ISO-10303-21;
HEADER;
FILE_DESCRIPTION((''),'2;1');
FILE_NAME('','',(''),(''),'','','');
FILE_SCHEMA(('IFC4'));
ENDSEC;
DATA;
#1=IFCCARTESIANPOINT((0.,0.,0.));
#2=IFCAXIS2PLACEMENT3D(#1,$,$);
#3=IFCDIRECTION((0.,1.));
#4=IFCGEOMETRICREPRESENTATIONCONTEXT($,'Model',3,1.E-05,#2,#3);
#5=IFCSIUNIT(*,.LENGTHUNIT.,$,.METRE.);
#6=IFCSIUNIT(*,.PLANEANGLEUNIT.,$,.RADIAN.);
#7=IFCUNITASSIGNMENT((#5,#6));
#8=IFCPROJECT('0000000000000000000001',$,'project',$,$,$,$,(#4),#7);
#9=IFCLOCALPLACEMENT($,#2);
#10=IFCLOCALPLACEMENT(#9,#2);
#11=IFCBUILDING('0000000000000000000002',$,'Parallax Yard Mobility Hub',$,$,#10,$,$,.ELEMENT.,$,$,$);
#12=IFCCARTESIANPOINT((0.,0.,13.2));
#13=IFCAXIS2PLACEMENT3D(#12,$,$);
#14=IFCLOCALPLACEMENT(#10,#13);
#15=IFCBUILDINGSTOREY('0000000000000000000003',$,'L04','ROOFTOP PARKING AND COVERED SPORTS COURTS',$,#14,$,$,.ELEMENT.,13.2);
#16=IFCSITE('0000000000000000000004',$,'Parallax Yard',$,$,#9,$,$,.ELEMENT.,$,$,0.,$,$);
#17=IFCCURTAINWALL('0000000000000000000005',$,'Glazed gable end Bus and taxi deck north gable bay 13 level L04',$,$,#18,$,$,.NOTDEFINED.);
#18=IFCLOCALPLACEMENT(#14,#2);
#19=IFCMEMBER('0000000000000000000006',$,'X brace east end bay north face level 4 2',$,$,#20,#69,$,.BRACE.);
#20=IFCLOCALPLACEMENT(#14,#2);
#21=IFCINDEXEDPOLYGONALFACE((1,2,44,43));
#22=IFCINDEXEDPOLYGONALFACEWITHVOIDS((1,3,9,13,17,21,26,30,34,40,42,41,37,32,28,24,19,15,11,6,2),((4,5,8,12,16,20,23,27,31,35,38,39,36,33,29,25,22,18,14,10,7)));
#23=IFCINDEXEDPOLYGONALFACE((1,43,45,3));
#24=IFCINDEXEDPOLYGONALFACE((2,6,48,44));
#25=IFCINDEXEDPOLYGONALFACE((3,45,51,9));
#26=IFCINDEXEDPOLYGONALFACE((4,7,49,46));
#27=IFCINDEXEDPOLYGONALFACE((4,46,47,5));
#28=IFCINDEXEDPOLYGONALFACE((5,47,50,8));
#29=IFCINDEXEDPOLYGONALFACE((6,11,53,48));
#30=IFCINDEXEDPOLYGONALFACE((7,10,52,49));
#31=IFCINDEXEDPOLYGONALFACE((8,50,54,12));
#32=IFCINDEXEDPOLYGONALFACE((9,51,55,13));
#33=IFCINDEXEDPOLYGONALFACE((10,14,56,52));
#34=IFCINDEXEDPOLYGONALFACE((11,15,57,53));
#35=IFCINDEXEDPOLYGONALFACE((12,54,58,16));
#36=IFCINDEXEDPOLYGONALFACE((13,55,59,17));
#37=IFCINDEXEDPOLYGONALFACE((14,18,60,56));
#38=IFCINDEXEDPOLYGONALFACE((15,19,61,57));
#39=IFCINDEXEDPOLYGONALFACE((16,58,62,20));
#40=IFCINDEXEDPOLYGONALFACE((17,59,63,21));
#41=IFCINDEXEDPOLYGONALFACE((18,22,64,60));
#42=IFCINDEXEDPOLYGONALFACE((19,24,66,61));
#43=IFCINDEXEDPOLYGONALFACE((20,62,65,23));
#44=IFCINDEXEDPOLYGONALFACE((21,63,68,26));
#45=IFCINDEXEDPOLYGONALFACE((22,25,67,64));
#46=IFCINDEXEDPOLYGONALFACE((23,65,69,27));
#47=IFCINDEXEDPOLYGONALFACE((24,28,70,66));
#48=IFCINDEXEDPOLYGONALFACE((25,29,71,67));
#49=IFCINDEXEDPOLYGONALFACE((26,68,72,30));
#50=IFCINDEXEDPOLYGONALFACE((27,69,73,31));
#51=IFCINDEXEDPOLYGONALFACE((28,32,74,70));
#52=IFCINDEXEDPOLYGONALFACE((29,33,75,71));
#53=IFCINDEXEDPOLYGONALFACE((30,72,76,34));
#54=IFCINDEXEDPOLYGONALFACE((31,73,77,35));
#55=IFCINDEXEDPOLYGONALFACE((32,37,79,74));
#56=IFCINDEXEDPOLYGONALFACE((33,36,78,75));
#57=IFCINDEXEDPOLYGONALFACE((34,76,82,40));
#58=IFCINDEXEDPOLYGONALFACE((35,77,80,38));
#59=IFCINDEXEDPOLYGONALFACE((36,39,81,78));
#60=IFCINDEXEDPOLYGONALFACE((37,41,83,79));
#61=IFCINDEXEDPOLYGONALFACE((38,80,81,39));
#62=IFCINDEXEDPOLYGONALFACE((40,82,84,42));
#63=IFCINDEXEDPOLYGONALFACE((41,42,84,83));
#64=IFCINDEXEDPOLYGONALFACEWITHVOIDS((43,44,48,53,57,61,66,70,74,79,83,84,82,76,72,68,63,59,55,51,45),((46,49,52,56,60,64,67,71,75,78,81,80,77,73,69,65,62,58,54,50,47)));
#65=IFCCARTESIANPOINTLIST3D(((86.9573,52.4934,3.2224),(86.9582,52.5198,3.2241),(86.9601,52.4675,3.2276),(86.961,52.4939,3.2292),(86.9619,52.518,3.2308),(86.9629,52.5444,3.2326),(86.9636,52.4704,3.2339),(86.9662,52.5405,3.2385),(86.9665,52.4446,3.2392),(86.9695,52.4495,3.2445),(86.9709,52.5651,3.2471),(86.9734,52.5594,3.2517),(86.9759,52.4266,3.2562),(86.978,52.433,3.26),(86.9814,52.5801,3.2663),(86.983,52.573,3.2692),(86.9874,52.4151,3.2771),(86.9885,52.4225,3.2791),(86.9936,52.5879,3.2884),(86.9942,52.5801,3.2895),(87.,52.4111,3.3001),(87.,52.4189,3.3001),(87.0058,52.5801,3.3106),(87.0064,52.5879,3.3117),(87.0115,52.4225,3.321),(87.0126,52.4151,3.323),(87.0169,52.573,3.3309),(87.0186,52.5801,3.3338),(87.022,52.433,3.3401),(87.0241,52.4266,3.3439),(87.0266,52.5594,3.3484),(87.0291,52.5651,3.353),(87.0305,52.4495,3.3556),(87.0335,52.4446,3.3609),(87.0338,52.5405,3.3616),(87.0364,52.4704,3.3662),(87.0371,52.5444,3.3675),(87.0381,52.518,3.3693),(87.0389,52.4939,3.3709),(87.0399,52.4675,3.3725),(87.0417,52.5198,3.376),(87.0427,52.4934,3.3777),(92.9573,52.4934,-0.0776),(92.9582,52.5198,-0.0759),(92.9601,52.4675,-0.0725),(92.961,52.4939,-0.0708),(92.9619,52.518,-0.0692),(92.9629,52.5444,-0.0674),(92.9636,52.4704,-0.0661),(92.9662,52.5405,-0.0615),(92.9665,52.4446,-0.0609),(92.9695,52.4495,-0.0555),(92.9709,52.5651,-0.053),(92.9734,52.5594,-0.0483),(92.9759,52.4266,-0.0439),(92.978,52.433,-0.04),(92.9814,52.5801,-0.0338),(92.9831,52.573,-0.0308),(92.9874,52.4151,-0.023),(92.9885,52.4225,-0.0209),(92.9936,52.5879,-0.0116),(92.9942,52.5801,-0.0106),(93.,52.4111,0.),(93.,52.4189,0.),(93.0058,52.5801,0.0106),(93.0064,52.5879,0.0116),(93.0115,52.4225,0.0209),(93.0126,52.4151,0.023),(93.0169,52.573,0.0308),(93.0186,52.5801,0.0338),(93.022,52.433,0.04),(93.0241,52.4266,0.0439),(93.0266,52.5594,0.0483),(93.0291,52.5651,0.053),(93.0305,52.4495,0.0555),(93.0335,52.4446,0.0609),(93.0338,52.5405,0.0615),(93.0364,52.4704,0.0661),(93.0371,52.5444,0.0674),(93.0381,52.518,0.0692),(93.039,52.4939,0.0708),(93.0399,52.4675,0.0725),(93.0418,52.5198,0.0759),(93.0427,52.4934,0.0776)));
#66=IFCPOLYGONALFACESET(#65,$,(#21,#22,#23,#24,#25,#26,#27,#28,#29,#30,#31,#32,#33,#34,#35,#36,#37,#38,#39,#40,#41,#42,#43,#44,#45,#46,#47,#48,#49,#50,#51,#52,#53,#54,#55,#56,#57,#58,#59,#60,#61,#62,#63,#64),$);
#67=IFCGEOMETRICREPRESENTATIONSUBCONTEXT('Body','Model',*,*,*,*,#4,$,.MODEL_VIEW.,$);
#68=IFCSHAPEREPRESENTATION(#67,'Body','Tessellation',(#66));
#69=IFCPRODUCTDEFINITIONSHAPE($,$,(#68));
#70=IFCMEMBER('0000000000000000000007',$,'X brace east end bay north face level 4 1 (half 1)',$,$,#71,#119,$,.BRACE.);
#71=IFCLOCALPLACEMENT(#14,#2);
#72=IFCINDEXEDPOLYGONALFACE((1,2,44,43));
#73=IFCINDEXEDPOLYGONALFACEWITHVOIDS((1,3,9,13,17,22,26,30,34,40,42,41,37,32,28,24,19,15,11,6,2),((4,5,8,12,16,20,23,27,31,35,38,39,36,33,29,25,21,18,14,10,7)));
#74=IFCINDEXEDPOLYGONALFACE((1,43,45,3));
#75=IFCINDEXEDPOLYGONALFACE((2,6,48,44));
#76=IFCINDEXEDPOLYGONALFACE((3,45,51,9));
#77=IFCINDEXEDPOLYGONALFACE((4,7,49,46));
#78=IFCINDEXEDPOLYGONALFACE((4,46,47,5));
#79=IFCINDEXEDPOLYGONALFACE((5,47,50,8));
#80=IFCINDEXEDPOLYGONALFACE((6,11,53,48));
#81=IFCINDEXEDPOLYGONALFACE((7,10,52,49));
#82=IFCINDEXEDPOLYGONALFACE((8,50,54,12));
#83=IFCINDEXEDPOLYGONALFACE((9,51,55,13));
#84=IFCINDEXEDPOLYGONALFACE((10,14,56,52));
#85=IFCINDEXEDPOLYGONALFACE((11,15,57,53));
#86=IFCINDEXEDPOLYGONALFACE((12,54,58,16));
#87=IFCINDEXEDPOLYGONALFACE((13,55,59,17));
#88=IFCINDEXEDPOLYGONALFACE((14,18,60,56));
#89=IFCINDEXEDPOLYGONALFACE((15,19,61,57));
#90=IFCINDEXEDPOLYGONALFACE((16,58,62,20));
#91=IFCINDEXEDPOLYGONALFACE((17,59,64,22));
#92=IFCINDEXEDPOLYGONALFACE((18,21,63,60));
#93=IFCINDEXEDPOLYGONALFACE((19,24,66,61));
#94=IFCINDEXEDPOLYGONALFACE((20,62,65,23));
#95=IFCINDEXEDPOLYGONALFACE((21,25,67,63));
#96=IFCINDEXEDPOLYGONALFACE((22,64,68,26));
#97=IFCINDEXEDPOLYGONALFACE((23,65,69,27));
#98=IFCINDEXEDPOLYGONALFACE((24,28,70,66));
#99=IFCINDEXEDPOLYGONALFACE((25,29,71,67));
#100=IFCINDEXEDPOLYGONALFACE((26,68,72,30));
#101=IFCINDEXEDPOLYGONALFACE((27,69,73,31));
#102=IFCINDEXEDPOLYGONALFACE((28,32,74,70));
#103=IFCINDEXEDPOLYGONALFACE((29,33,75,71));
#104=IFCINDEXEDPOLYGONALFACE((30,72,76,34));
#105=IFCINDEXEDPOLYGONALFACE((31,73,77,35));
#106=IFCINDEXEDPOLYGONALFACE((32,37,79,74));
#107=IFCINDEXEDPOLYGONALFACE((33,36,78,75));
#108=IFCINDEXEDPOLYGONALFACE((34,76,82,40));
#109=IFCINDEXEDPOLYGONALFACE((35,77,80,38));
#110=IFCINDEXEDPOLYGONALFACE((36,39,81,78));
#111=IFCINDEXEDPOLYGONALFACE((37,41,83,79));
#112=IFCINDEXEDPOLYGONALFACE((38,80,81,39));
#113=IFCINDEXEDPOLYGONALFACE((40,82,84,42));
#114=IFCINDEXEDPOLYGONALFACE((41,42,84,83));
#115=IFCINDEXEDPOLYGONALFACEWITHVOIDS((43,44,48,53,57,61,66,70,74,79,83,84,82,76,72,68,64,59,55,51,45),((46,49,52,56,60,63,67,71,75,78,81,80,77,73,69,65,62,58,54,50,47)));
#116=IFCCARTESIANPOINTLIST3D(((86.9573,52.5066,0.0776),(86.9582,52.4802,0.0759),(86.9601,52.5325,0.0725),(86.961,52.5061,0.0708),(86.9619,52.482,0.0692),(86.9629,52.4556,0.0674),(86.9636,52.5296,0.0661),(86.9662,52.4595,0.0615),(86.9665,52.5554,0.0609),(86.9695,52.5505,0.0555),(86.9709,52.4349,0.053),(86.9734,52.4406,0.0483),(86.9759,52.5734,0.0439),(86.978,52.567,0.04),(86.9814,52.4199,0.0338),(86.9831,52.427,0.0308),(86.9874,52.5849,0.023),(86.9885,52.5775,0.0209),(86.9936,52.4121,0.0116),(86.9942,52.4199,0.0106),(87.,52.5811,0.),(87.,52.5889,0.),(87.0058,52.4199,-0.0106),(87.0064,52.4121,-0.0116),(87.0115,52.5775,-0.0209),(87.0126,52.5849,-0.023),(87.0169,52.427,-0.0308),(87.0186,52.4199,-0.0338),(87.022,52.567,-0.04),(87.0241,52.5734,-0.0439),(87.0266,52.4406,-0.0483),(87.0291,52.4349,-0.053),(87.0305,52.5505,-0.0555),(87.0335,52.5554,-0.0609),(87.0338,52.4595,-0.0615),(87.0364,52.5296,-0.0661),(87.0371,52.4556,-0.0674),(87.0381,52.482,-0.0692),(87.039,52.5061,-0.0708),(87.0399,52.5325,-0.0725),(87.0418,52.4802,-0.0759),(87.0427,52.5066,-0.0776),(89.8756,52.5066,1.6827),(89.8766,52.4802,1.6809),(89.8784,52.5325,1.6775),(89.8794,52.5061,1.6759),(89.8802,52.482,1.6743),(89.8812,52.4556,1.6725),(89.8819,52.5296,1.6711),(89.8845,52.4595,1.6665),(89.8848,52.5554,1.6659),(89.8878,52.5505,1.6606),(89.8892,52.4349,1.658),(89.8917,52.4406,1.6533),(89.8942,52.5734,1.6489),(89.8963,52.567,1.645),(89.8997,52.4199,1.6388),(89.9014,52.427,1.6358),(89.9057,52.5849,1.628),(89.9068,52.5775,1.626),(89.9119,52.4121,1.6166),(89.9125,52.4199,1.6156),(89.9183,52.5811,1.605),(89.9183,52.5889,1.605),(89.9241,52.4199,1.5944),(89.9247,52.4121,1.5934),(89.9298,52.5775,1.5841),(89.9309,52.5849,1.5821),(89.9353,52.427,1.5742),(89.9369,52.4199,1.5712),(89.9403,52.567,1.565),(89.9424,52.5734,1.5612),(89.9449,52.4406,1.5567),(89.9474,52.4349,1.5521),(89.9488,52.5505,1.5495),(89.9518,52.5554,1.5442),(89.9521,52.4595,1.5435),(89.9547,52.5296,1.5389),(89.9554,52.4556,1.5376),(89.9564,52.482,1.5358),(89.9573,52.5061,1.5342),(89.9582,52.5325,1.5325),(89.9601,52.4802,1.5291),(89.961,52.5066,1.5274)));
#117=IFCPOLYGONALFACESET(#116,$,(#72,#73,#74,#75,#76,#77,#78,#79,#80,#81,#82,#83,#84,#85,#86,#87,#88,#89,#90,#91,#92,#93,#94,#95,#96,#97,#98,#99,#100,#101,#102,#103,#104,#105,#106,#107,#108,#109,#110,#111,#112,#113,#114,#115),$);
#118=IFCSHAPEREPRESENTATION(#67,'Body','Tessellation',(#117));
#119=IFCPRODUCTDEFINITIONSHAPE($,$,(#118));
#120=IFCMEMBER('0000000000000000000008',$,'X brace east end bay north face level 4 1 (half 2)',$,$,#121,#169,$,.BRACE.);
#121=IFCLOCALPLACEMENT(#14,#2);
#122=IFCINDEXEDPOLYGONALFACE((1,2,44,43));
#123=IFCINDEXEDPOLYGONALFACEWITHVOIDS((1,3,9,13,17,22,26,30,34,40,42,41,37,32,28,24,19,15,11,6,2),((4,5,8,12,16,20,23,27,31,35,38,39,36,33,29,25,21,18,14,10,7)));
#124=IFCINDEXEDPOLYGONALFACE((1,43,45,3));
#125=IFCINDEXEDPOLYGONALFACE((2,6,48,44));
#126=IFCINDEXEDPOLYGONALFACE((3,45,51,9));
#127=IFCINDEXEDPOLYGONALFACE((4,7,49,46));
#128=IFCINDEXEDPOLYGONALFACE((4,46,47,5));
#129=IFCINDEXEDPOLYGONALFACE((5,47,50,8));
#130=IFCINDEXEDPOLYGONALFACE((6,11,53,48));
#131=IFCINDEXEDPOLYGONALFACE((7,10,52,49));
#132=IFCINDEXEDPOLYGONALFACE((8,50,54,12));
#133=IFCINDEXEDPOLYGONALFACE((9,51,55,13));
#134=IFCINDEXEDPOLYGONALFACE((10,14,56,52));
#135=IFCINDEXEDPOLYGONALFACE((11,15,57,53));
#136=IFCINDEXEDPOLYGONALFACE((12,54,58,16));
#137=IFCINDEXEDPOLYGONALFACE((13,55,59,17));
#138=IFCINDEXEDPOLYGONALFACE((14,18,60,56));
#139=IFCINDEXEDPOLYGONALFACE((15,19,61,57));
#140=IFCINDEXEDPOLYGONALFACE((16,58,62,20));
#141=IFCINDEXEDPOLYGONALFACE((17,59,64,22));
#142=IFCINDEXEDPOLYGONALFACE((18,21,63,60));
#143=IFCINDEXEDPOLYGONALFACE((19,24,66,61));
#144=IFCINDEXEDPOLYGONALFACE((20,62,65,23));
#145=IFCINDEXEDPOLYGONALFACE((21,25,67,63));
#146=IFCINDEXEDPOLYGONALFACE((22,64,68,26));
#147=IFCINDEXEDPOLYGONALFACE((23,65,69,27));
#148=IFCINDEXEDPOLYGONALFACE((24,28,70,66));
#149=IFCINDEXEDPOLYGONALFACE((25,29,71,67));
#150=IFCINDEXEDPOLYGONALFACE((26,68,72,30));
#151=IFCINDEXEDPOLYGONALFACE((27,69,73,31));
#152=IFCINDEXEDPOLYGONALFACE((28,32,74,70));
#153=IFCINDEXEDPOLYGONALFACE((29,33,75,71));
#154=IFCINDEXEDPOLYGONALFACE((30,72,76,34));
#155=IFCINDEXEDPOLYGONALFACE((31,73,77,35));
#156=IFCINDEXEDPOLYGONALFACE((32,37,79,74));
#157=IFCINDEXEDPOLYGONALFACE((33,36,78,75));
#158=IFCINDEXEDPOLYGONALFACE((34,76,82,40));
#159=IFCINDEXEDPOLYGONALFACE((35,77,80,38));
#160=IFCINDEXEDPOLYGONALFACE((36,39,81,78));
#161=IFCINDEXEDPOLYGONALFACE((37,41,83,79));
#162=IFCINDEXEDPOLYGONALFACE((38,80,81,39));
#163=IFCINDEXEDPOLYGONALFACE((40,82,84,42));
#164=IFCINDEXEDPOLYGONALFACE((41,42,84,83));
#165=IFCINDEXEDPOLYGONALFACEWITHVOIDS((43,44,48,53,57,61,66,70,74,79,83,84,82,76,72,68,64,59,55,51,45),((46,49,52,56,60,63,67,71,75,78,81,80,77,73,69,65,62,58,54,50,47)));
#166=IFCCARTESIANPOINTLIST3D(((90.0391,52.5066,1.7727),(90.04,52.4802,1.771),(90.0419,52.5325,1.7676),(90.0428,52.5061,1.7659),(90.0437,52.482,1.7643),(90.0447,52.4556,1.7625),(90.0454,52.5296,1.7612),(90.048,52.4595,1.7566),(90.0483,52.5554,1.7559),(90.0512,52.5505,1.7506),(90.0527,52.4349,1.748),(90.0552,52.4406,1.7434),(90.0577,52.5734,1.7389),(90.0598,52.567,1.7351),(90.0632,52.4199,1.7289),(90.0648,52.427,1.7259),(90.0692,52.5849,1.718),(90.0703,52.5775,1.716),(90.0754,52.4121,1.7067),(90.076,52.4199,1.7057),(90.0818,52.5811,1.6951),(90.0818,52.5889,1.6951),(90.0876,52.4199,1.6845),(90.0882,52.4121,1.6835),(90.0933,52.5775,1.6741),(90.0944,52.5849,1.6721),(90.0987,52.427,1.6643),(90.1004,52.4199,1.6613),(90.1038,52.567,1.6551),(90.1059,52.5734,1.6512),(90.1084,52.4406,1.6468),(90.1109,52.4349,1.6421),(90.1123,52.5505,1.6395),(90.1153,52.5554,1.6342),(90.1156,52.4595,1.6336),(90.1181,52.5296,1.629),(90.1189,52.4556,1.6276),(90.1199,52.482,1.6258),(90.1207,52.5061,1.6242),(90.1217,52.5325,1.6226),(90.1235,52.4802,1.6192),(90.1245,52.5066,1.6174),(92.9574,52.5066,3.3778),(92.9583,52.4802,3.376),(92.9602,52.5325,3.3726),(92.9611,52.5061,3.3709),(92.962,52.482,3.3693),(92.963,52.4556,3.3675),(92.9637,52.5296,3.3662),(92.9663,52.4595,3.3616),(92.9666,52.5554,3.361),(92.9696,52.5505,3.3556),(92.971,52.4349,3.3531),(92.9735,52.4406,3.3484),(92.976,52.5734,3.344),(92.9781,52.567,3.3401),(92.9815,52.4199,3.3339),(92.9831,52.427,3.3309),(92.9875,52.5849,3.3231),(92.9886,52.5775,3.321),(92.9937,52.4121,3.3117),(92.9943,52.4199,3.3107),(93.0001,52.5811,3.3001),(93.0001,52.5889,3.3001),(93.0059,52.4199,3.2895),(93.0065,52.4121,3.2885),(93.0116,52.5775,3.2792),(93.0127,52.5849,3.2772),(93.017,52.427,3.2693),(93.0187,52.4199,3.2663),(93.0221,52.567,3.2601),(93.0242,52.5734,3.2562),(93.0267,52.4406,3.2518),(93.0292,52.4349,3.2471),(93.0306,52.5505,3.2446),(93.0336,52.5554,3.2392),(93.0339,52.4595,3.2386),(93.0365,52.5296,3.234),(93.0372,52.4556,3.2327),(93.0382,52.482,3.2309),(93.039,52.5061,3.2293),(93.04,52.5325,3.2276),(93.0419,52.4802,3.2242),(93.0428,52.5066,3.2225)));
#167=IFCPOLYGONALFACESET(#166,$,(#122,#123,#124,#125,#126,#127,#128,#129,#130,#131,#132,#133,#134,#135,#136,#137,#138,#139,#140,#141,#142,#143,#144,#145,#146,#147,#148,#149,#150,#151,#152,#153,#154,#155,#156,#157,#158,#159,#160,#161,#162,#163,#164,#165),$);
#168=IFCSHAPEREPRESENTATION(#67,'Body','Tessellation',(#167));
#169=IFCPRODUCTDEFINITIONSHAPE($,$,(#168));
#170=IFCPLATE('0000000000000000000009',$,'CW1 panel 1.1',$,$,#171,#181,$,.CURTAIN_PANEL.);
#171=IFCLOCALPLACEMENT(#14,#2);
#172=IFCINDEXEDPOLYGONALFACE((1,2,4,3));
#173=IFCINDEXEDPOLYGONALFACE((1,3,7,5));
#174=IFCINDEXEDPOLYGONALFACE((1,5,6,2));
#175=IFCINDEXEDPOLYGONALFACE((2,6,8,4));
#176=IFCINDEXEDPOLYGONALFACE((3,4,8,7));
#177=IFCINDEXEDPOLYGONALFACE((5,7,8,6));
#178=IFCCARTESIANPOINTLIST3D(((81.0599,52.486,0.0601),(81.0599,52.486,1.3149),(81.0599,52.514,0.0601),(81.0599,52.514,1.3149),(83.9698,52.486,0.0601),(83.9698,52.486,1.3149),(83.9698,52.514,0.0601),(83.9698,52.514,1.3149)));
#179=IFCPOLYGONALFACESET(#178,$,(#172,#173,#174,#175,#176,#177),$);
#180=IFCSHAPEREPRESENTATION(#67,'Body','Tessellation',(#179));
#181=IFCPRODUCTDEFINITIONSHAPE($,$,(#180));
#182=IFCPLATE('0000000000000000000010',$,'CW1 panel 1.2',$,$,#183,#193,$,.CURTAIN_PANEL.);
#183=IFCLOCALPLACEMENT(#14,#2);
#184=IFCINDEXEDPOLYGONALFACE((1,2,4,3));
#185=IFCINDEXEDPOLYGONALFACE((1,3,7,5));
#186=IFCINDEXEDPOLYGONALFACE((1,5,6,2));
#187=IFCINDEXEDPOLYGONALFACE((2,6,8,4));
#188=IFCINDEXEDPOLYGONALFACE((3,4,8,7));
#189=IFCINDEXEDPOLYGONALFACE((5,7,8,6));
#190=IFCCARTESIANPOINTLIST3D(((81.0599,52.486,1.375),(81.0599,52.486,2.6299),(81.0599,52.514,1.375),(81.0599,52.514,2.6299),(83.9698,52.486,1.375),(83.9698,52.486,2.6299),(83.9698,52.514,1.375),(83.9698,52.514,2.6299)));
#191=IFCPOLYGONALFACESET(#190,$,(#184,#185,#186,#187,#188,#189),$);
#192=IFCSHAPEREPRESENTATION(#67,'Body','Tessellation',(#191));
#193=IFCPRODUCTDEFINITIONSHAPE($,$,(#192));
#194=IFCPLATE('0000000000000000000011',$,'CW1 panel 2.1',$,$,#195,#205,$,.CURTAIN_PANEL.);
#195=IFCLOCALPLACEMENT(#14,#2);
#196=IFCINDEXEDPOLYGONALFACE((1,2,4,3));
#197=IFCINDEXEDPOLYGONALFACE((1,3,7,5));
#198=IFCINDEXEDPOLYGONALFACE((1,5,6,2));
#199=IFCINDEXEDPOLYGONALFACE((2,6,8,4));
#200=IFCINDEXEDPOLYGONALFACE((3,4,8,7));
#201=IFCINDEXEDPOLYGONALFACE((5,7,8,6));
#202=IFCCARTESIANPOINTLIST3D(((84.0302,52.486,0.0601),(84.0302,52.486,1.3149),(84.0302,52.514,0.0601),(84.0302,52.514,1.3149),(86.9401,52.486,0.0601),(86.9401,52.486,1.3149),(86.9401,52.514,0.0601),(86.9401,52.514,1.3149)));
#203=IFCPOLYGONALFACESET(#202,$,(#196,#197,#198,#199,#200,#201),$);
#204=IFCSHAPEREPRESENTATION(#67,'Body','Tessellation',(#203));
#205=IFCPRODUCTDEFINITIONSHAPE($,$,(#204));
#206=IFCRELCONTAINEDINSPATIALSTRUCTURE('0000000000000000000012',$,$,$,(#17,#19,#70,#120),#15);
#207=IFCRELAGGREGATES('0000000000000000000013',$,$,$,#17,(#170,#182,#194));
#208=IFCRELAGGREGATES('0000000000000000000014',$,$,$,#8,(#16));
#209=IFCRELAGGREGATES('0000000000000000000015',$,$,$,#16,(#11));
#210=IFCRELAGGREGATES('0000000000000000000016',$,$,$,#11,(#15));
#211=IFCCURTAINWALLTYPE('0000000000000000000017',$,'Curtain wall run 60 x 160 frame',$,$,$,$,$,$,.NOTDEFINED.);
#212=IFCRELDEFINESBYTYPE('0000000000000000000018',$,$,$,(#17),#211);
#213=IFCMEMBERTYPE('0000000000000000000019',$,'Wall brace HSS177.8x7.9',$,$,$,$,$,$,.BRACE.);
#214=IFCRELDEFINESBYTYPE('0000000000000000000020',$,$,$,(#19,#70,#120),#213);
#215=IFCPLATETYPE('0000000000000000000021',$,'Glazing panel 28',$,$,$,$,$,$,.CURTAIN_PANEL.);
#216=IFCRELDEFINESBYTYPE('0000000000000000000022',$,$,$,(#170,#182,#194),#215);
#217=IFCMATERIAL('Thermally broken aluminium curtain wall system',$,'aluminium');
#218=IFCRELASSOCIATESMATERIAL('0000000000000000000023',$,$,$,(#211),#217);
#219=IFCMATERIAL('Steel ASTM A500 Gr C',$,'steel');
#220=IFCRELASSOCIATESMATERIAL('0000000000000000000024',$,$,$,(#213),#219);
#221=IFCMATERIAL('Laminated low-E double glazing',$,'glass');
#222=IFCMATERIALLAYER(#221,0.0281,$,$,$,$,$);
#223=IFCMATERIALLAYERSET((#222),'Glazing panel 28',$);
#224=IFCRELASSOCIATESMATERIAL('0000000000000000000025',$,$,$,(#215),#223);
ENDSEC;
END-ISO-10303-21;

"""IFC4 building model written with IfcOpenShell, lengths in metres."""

from ifc_helpers import new_model, si_unit, direction, frame, origin, origin_2d, place, context, subcontext, project, spatial, rectangle, hollow_circle, extrude, material, layer, layer_set, material_profile, profile_set, type_object, element, aggregate, save


model = new_model("IFC4")

# Units and contexts
model_context = context("Model", 3, precision=1e-05, world=origin(), true_north=direction((0.0, 1.0)))
body_context = subcontext(model_context, "Body", "Model", "MODEL_VIEW")
ifc_project = project(units=[si_unit("LENGTHUNIT", "METRE"), si_unit("PLANEANGLEUNIT", "RADIAN")], contexts=[model_context])

# Site, building, storey
site_placement = place(None, origin())
site = spatial("IfcSite", under=ifc_project, at=site_placement, Name="Parallax Yard", CompositionType="ELEMENT", RefElevation=0.0)
building_placement = place(site_placement, origin())
building = spatial("IfcBuilding", under=site, at=building_placement, Name="Parallax Yard Mobility Hub", CompositionType="ELEMENT")
storey_placement = place(building_placement, frame((0.0, 0.0, 13.2)))
storey = spatial("IfcBuildingStorey", under=building, at=storey_placement, Name="L04", Description="ROOFTOP PARKING AND COVERED SPORTS COURTS", CompositionType="ELEMENT", Elevation=13.2)

# Shared definitions
ifc_material_1 = material(Name="Steel ASTM A500 Gr C", Category="steel")

# Curtain wall
ifc_material_2 = material(Name="Thermally broken aluminium curtain wall system", Category="aluminium")
curtain_wall_type = type_object("IfcCurtainWallType", Name="Curtain wall run 60 x 160 frame", PredefinedType="NOTDEFINED", material=ifc_material_2)
curtain_wall_placement = place(storey_placement, origin())
curtain_wall = element("IfcCurtainWall", 1, at=curtain_wall_placement, inside=storey, type_object=curtain_wall_type, Name="Glazed gable end Bus and taxi deck north gable bay 13 level L04", PredefinedType="NOTDEFINED")

# Members
ifc_material_profile_1 = material_profile(ifc_material_1, hollow_circle(Radius=0.0889, WallThickness=0.0078, at=origin_2d()), Name="HSS177.8x7.9")
ifc_profile_set_1 = profile_set([ifc_material_profile_1], Name="Steel ASTM A500 Gr C")
member_type_1 = type_object("IfcMemberType", Name="Wall brace HSS177.8x7.9", PredefinedType="BRACE", material=ifc_profile_set_1)
member_1_placement = place(storey_placement, frame((93.0, 52.5, 0.0), z_axis=(-0.876213, 0.0, 0.481924), x_axis=(0.0, -1.0, 0.0)))
element("IfcMember", 2, at=member_1_placement, inside=storey, type_object=member_type_1, Name="X brace east end bay north face level 4 2", PredefinedType="BRACE", context=body_context, shape_type="SweptSolid", body=[
    extrude(hollow_circle(Radius=0.0889, WallThickness=0.0078, at=origin_2d()), origin(), (0.0, 0.0, 1.0), 6.8477),
])
for number, where, z_axis, x_axis, name in (
    (3, (87.0, 52.5, 0.0), (0.876221, 0.0, 0.48191), (0.0, 1.0, 0.0), "X brace east end bay north face level 4 1 (half 1)"),
    (4, (90.0818, 52.5, 1.6951), (0.876221, 0.0, 0.48191), (0.0, 1.0, 0.0), "X brace east end bay north face level 4 1 (half 2)"),
):
    element("IfcMember", number, at=place(storey_placement, frame(where, z_axis=z_axis, x_axis=x_axis)), inside=storey, type_object=member_type_1, Name=name, PredefinedType="BRACE", context=body_context, shape_type="SweptSolid", body=[
        extrude(hollow_circle(Radius=0.0889, WallThickness=0.0078, at=origin_2d()), origin(), (0.0, 0.0, 1.0), 3.3306),
    ])

# Plates
ifc_material_3 = material(Name="Laminated low-E double glazing", Category="glass")
ifc_layer_1 = layer(ifc_material_3, 0.0281)
ifc_layer_set_1 = layer_set([ifc_layer_1], Name="Glazing panel 28")
plate_type = type_object("IfcPlateType", Name="Glazing panel 28", PredefinedType="CURTAIN_PANEL", material=ifc_layer_set_1)
plate_1_placement = place(storey_placement, frame((82.5149, 52.5, 0.0601), z_axis=(0.0, 0.0, 1.0), x_axis=(1.0, 0.0, 0.0)))
plate_1 = element("IfcPlate", 5, at=plate_1_placement, type_object=plate_type, Name="CW1 panel 1.1", PredefinedType="CURTAIN_PANEL", context=body_context, shape_type="SweptSolid", body=[
    extrude(rectangle(XDim=2.9099, YDim=0.0281, at=origin_2d()), origin(), (0.0, 0.0, 1.0), 1.2549),
])
plate_2_placement = place(storey_placement, frame((82.5149, 52.5, 1.375), z_axis=(0.0, 0.0, 1.0), x_axis=(1.0, 0.0, 0.0)))
plate_2 = element("IfcPlate", 6, at=plate_2_placement, type_object=plate_type, Name="CW1 panel 1.2", PredefinedType="CURTAIN_PANEL", context=body_context, shape_type="SweptSolid", body=[
    extrude(rectangle(XDim=2.9099, YDim=0.0281, at=origin_2d()), origin(), (0.0, 0.0, 1.0), 1.2549),
])
plate_3_placement = place(storey_placement, frame((85.4851, 52.5, 0.0601), z_axis=(0.0, 0.0, 1.0), x_axis=(1.0, 0.0, 0.0)))
plate_3 = element("IfcPlate", 7, at=plate_3_placement, type_object=plate_type, Name="CW1 panel 2.1", PredefinedType="CURTAIN_PANEL", context=body_context, shape_type="SweptSolid", body=[
    extrude(rectangle(XDim=2.9099, YDim=0.0281, at=origin_2d()), origin(), (0.0, 0.0, 1.0), 1.2549),
])
aggregate(curtain_wall, [plate_1, plate_2, plate_3])

save(model, "model.ifc")
